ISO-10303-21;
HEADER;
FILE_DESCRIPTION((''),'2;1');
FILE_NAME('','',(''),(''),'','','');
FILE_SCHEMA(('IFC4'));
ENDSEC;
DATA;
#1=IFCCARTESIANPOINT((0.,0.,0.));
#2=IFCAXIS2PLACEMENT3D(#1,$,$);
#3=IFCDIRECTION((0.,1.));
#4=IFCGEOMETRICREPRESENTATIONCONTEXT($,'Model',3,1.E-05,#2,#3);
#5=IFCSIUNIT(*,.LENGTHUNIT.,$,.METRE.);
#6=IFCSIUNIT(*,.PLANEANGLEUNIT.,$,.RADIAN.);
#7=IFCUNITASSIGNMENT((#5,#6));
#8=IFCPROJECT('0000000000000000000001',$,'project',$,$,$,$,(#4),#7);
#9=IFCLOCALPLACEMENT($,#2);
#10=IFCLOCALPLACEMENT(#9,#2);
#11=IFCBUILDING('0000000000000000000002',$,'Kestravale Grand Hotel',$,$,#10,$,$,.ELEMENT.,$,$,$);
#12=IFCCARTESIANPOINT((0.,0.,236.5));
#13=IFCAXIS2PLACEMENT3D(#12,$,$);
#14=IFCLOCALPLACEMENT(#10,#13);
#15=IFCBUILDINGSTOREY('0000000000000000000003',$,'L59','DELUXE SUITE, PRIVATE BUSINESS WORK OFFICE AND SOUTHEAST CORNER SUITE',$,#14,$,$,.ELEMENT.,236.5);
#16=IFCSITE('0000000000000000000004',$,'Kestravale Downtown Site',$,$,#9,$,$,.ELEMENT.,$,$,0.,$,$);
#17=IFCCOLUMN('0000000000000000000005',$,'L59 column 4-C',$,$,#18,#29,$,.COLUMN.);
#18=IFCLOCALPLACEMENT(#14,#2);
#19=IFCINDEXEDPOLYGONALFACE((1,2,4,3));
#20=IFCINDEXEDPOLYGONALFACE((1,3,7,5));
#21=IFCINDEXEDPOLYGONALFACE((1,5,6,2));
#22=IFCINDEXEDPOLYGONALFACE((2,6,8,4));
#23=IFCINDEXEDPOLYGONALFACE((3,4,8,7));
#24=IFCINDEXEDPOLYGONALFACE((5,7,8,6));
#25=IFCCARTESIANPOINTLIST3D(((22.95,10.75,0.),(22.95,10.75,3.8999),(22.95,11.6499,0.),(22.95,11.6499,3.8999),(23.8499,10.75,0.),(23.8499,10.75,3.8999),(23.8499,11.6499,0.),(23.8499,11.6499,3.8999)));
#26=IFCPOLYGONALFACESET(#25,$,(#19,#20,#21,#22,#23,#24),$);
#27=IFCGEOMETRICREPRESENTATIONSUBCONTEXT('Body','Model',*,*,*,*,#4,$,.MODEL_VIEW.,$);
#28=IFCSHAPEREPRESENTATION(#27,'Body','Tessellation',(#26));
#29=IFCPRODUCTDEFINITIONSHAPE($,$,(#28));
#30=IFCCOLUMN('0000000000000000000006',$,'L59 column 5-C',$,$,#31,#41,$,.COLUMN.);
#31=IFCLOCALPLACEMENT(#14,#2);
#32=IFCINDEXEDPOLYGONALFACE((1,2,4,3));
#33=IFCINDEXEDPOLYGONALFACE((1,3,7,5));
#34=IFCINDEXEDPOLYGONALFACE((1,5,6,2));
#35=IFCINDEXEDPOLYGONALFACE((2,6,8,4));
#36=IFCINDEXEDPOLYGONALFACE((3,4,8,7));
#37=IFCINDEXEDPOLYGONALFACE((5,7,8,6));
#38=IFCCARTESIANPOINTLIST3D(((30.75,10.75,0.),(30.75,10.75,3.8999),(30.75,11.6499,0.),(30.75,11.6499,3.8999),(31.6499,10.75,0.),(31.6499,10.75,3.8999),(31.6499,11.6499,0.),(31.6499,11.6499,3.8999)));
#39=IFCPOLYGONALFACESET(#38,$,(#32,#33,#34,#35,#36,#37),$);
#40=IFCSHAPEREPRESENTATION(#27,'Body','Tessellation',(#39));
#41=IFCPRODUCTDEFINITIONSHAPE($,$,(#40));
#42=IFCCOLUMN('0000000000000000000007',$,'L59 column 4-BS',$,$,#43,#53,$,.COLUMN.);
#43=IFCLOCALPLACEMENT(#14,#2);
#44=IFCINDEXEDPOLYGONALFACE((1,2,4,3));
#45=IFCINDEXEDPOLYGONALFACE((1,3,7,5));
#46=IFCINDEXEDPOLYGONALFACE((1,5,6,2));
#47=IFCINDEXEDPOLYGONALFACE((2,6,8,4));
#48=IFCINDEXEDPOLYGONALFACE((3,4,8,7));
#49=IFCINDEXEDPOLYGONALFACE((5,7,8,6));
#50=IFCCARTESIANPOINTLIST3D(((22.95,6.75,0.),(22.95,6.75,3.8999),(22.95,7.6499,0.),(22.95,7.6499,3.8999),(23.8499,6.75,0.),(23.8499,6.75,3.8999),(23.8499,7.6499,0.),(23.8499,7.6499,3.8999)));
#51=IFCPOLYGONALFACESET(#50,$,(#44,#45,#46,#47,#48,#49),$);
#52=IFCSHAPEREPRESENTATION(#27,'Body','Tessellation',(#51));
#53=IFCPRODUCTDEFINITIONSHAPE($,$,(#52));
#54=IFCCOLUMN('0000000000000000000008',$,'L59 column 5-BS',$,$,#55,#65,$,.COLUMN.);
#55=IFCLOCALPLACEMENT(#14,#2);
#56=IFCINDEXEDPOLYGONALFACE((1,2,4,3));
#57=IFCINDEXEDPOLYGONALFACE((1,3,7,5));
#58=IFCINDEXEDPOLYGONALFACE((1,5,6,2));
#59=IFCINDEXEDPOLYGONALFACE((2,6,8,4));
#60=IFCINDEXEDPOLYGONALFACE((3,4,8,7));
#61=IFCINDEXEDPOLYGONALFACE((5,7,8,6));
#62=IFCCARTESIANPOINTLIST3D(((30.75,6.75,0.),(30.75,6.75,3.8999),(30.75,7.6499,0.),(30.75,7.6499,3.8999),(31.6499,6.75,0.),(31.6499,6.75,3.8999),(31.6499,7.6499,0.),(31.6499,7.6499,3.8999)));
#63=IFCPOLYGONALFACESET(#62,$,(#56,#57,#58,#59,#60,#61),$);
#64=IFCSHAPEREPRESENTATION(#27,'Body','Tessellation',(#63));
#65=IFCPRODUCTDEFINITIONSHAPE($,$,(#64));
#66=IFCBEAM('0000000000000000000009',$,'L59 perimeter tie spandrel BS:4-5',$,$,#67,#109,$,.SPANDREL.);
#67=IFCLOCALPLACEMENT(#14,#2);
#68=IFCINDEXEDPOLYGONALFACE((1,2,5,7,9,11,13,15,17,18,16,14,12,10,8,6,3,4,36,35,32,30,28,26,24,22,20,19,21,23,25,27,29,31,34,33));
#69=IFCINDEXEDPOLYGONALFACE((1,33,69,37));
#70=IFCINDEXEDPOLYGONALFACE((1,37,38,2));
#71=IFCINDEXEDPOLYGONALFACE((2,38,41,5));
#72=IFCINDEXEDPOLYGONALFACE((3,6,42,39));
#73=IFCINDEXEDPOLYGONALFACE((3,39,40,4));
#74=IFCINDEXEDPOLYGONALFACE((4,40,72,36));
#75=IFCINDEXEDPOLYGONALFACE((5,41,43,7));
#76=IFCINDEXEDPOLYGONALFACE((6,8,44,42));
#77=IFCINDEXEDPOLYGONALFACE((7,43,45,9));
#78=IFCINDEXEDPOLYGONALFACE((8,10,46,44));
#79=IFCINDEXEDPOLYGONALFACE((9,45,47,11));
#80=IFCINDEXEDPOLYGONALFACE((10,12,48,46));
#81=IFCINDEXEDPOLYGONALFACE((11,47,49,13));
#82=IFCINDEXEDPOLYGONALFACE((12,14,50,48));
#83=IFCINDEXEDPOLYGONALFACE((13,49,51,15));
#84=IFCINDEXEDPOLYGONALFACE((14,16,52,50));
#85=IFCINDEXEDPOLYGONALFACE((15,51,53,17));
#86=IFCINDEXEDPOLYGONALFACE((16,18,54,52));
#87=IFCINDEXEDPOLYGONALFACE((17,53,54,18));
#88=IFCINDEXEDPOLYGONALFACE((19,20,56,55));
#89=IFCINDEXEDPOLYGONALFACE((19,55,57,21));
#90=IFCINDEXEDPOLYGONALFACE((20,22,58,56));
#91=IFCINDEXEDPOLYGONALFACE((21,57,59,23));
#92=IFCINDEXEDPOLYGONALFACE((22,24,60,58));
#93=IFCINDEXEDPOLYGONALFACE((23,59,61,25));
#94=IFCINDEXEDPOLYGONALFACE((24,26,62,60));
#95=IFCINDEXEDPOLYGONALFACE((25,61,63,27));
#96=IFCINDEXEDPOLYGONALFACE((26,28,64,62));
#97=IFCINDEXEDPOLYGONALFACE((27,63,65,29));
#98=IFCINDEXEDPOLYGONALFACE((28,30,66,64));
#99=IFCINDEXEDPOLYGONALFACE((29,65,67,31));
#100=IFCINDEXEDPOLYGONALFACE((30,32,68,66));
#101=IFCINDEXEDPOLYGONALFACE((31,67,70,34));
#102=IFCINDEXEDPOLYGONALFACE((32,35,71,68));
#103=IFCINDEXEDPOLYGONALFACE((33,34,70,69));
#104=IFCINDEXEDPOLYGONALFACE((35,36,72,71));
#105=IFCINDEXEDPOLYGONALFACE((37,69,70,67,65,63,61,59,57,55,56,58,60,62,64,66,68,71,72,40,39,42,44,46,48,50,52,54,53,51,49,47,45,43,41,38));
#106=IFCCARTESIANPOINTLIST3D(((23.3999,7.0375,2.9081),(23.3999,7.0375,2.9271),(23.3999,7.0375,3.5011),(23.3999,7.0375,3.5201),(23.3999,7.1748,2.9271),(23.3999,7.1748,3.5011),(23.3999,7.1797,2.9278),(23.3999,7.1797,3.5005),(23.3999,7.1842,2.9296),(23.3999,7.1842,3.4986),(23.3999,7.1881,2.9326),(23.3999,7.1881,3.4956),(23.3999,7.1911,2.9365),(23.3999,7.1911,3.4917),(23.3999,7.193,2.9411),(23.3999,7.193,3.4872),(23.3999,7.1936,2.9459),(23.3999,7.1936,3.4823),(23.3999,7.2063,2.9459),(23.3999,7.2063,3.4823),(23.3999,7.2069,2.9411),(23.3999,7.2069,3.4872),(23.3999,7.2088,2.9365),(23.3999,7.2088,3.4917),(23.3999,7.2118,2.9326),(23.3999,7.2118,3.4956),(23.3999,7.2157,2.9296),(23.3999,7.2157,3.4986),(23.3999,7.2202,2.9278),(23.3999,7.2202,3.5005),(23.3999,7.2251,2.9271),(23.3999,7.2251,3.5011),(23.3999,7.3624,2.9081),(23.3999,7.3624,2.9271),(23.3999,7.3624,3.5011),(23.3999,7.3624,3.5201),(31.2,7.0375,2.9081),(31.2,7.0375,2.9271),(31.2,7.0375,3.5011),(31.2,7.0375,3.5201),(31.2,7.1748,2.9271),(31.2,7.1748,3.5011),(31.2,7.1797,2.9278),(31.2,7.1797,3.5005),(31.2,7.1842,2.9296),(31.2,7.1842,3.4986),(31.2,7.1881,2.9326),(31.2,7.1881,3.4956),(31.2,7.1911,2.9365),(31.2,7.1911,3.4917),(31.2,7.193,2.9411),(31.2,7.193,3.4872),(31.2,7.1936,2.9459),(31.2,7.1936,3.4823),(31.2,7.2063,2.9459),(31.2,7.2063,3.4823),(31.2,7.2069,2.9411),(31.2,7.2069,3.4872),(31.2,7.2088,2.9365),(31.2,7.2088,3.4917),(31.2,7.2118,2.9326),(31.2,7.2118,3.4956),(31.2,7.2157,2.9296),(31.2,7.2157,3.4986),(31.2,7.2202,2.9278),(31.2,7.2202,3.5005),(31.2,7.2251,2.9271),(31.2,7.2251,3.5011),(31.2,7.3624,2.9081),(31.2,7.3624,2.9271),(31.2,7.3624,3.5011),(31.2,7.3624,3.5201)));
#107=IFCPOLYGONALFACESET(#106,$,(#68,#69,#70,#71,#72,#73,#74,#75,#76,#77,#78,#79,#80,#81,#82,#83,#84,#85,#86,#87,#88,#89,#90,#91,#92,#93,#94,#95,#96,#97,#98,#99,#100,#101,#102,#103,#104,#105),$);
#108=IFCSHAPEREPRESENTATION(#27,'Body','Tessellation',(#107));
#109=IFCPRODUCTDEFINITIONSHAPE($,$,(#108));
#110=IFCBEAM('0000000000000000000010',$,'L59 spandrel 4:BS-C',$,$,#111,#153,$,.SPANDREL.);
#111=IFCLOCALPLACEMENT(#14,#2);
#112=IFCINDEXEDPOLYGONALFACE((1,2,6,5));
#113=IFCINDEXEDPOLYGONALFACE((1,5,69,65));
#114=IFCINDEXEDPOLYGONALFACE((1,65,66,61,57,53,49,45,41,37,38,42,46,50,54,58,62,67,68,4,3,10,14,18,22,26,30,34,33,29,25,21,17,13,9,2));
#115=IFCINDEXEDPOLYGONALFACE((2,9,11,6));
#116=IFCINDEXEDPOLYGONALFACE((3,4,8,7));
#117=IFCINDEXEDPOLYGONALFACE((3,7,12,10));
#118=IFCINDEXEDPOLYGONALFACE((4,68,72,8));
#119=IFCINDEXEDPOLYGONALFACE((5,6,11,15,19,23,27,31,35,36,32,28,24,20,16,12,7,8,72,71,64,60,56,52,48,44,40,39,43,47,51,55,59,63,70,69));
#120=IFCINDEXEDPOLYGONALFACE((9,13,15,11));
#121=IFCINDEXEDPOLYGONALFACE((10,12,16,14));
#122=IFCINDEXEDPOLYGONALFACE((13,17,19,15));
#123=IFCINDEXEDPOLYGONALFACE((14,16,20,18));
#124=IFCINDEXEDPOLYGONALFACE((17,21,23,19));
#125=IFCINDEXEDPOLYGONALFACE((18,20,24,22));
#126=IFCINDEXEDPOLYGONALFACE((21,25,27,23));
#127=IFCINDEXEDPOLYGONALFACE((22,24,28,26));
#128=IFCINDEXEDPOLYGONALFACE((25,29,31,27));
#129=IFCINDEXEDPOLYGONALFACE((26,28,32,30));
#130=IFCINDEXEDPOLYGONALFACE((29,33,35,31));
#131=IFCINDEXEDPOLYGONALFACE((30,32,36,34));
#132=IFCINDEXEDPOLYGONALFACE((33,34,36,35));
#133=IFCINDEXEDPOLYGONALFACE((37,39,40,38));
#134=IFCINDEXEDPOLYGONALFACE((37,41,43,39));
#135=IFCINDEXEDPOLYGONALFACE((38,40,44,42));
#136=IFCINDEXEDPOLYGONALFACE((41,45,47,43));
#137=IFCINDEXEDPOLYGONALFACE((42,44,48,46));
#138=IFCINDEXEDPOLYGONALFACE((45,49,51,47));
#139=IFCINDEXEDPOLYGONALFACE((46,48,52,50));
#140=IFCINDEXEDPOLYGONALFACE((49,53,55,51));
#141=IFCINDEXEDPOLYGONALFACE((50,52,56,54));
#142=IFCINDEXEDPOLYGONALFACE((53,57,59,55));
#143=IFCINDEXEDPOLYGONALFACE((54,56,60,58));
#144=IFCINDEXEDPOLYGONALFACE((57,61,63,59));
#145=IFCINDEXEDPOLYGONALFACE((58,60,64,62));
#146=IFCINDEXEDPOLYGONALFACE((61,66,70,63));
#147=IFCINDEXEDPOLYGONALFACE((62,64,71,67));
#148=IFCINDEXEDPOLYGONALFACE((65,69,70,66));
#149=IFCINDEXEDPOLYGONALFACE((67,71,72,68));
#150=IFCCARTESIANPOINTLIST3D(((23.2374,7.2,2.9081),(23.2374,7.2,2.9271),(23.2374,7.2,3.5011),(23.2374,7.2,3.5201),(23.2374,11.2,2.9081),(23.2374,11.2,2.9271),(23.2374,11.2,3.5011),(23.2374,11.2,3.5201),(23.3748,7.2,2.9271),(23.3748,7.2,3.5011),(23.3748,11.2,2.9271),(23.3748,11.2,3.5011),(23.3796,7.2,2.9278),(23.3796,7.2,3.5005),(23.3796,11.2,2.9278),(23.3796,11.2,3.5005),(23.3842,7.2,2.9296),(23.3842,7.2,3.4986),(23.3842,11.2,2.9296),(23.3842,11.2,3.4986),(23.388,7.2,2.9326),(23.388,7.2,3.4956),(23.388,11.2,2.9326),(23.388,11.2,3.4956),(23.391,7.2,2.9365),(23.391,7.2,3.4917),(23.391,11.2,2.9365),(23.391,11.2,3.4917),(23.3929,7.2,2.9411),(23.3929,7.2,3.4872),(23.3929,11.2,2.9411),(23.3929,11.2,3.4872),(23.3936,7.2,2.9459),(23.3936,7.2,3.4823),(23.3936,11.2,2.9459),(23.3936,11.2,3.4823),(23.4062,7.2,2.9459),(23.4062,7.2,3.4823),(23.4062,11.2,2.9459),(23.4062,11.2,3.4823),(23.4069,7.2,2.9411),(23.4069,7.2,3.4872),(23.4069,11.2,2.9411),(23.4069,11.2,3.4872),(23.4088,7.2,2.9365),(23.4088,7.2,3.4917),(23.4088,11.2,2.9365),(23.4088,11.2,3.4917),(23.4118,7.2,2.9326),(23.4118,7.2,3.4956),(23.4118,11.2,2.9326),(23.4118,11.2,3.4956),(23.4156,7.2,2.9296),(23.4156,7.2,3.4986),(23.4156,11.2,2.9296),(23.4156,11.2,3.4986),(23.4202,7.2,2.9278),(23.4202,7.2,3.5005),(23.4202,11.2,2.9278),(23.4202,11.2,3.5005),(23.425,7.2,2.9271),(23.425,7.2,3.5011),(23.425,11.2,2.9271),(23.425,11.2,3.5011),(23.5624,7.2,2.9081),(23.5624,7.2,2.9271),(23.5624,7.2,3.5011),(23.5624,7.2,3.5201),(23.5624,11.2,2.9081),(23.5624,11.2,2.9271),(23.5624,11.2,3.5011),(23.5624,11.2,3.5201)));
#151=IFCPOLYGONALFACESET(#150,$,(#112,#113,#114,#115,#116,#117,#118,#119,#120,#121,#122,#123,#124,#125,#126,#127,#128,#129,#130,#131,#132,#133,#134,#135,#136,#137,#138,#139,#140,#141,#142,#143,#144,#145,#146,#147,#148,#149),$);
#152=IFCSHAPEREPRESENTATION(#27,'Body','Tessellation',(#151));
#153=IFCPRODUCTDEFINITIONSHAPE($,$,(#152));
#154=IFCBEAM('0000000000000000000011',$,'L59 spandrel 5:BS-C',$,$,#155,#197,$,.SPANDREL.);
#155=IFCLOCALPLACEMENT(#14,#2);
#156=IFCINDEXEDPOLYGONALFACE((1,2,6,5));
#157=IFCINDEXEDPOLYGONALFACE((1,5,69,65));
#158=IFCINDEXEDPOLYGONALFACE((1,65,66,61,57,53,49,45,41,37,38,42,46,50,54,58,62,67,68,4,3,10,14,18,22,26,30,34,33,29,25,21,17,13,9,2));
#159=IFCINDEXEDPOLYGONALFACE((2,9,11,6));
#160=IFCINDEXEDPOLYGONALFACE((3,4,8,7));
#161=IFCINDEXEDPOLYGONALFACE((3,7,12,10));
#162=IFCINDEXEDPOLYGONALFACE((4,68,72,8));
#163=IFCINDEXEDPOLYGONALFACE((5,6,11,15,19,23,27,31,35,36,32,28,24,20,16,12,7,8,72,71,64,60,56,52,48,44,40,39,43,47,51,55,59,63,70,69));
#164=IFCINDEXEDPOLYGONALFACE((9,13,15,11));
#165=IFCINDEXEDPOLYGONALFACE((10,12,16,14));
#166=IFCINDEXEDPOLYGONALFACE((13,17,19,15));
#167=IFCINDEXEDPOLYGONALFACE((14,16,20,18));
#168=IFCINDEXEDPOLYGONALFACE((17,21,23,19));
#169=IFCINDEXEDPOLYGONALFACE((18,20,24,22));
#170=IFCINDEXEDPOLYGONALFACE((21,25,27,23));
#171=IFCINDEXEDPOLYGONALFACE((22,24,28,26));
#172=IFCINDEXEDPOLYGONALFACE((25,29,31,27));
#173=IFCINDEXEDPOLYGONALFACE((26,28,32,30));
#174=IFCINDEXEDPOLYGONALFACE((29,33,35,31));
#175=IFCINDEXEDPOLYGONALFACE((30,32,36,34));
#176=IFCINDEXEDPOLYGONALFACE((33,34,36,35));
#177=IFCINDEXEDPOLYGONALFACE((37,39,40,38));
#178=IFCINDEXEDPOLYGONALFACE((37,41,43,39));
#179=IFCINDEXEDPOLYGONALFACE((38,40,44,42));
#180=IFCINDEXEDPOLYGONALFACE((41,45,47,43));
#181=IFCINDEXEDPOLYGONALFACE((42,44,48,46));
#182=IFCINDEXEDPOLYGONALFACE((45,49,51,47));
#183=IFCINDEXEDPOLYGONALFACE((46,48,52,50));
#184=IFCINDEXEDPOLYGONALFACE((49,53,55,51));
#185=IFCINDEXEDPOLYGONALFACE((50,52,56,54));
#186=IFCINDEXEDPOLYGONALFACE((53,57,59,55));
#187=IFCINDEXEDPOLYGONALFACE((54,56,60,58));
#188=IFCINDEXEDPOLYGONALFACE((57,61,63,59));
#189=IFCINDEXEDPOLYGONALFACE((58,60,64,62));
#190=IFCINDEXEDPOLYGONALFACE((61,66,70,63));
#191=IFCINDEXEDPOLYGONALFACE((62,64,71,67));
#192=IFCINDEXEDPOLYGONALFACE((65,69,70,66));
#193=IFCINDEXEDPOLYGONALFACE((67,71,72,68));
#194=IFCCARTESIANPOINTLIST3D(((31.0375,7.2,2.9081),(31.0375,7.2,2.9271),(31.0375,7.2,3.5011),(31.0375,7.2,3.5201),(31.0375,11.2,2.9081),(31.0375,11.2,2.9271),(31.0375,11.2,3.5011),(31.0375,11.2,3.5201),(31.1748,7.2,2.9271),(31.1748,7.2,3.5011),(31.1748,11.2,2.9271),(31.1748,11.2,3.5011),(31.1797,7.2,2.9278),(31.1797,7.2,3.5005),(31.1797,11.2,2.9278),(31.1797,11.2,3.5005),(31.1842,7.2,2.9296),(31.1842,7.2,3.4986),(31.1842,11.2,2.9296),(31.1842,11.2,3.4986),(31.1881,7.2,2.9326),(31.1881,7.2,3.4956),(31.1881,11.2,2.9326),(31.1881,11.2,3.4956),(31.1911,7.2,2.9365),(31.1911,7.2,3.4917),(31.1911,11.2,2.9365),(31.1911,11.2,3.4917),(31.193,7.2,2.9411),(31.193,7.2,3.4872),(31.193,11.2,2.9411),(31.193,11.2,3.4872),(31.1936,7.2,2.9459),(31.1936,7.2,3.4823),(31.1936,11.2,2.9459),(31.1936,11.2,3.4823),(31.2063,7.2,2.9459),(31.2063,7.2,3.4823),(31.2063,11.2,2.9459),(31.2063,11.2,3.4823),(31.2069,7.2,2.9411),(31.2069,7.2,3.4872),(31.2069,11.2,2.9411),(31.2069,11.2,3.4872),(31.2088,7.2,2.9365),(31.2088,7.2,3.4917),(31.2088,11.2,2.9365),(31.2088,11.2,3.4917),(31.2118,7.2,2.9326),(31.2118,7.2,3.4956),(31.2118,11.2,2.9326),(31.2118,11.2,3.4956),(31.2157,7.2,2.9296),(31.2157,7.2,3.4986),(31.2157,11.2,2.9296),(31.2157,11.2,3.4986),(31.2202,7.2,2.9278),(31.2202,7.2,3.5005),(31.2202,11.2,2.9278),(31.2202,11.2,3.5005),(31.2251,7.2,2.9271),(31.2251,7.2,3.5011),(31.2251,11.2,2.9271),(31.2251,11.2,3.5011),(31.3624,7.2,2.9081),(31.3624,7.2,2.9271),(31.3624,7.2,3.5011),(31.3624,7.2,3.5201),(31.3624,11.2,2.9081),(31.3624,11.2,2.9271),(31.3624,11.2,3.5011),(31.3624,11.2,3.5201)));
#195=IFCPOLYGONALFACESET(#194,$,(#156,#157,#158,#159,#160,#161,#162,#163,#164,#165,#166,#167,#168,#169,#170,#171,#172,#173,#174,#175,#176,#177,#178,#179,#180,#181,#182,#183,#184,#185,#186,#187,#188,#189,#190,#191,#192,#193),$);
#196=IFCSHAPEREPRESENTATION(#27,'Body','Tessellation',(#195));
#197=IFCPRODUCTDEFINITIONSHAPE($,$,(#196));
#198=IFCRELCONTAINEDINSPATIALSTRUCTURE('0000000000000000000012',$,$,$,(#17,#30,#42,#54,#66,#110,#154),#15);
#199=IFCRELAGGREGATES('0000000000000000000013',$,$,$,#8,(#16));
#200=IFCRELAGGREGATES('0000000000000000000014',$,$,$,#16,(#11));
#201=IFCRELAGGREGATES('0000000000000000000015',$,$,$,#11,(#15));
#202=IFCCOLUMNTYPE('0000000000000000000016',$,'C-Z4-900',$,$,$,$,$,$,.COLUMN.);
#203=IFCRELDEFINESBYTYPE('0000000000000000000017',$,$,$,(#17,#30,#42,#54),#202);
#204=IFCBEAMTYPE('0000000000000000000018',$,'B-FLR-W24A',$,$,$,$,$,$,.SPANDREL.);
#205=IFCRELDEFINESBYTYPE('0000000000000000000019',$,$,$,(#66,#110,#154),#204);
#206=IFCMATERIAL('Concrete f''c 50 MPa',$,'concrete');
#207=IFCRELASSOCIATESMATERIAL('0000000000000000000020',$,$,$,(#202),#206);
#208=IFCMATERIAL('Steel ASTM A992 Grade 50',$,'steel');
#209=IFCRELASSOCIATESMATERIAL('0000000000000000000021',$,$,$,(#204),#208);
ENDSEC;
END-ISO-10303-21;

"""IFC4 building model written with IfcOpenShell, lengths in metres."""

from ifc_helpers import new_model, si_unit, direction, frame, origin, origin_2d, place, context, subcontext, project, spatial, rectangle, i_section, extrude, material, material_profile, profile_set, type_object, element, save


model = new_model("IFC4")

# Units and contexts
model_context = context("Model", 3, precision=1e-05, world=origin(), true_north=direction((0.0, 1.0)))
body_context = subcontext(model_context, "Body", "Model", "MODEL_VIEW")
ifc_project = project(units=[si_unit("LENGTHUNIT", "METRE"), si_unit("PLANEANGLEUNIT", "RADIAN")], contexts=[model_context])

# Site, building, storey
site_placement = place(None, origin())
site = spatial("IfcSite", under=ifc_project, at=site_placement, Name="Kestravale Downtown Site", CompositionType="ELEMENT", RefElevation=0.0)
building_placement = place(site_placement, origin())
building = spatial("IfcBuilding", under=site, at=building_placement, Name="Kestravale Grand Hotel", CompositionType="ELEMENT")
storey_placement = place(building_placement, frame((0.0, 0.0, 236.5)))
storey = spatial("IfcBuildingStorey", under=building, at=storey_placement, Name="L59", Description="DELUXE SUITE, PRIVATE BUSINESS WORK OFFICE AND SOUTHEAST CORNER SUITE", CompositionType="ELEMENT", Elevation=236.5)

# Columns
ifc_material_1 = material(Name="Concrete f'c 50 MPa", Category="concrete")
ifc_material_profile_1 = material_profile(ifc_material_1, rectangle(XDim=0.8999, YDim=0.8999, at=origin_2d()))
ifc_profile_set_1 = profile_set([ifc_material_profile_1], Name="Concrete f'c 50 MPa")
column_type = type_object("IfcColumnType", Name="C-Z4-900", PredefinedType="COLUMN", material=ifc_profile_set_1)
for number, where, z_axis, x_axis, name in (
    (1, (23.3999, 11.2, 0.0), (0.0, 0.0, 1.0), (1.0, 0.0, 0.0), "L59 column 4-C"),
    (2, (31.2, 11.2, 0.0), (0.0, 0.0, 1.0), (1.0, 0.0, 0.0), "L59 column 5-C"),
    (3, (23.3999, 7.2, 0.0), (0.0, 0.0, 1.0), (1.0, 0.0, 0.0), "L59 column 4-BS"),
    (4, (31.2, 7.2, 0.0), (0.0, 0.0, 1.0), (1.0, 0.0, 0.0), "L59 column 5-BS"),
):
    element("IfcColumn", number, at=place(storey_placement, frame(where, z_axis=z_axis, x_axis=x_axis)), inside=storey, type_object=column_type, Name=name, PredefinedType="COLUMN", context=body_context, shape_type="SweptSolid", body=[
        extrude(rectangle(XDim=0.8999, YDim=0.8999, at=origin_2d()), origin(), (0.0, 0.0, 1.0), 3.8999),
    ])

# Beams
ifc_material_2 = material(Name="Steel ASTM A992 Grade 50", Category="steel")
ifc_material_profile_2 = material_profile(ifc_material_2, i_section(OverallWidth=0.325, OverallDepth=0.6121, WebThickness=0.0127, FlangeThickness=0.019, FilletRadius=0.0188, at=origin_2d()))
ifc_profile_set_2 = profile_set([ifc_material_profile_2], Name="Steel ASTM A992 Grade 50")
beam_type_1 = type_object("IfcBeamType", Name="B-FLR-W24A", PredefinedType="SPANDREL", material=ifc_profile_set_2)
beam_1_placement = place(storey_placement, frame((23.3999, 7.2, 3.2141), z_axis=(1.0, 0.0, 0.0), x_axis=(0.0, 1.0, 0.0)))
element("IfcBeam", 5, at=beam_1_placement, inside=storey, type_object=beam_type_1, Name="L59 perimeter tie spandrel BS:4-5", PredefinedType="SPANDREL", context=body_context, shape_type="SweptSolid", body=[
    extrude(i_section(OverallWidth=0.325, OverallDepth=0.6121, WebThickness=0.0127, FlangeThickness=0.019, FilletRadius=0.0188, at=origin_2d()), origin(), (0.0, 0.0, 1.0), 7.8),
])
for number, where, z_axis, x_axis, name in (
    (6, (23.3999, 7.2, 3.2141), (0.0, 1.0, 0.0), (-1.0, 0.0, 0.0), "L59 spandrel 4:BS-C"),
    (7, (31.2, 7.2, 3.2141), (0.0, 1.0, 0.0), (-1.0, 0.0, 0.0), "L59 spandrel 5:BS-C"),
):
    element("IfcBeam", number, at=place(storey_placement, frame(where, z_axis=z_axis, x_axis=x_axis)), inside=storey, type_object=beam_type_1, Name=name, PredefinedType="SPANDREL", context=body_context, shape_type="SweptSolid", body=[
        extrude(i_section(OverallWidth=0.325, OverallDepth=0.6121, WebThickness=0.0127, FlangeThickness=0.019, FilletRadius=0.0188, at=origin_2d()), origin(), (0.0, 0.0, 1.0), 4.0),
    ])

save(model, "model.ifc")
